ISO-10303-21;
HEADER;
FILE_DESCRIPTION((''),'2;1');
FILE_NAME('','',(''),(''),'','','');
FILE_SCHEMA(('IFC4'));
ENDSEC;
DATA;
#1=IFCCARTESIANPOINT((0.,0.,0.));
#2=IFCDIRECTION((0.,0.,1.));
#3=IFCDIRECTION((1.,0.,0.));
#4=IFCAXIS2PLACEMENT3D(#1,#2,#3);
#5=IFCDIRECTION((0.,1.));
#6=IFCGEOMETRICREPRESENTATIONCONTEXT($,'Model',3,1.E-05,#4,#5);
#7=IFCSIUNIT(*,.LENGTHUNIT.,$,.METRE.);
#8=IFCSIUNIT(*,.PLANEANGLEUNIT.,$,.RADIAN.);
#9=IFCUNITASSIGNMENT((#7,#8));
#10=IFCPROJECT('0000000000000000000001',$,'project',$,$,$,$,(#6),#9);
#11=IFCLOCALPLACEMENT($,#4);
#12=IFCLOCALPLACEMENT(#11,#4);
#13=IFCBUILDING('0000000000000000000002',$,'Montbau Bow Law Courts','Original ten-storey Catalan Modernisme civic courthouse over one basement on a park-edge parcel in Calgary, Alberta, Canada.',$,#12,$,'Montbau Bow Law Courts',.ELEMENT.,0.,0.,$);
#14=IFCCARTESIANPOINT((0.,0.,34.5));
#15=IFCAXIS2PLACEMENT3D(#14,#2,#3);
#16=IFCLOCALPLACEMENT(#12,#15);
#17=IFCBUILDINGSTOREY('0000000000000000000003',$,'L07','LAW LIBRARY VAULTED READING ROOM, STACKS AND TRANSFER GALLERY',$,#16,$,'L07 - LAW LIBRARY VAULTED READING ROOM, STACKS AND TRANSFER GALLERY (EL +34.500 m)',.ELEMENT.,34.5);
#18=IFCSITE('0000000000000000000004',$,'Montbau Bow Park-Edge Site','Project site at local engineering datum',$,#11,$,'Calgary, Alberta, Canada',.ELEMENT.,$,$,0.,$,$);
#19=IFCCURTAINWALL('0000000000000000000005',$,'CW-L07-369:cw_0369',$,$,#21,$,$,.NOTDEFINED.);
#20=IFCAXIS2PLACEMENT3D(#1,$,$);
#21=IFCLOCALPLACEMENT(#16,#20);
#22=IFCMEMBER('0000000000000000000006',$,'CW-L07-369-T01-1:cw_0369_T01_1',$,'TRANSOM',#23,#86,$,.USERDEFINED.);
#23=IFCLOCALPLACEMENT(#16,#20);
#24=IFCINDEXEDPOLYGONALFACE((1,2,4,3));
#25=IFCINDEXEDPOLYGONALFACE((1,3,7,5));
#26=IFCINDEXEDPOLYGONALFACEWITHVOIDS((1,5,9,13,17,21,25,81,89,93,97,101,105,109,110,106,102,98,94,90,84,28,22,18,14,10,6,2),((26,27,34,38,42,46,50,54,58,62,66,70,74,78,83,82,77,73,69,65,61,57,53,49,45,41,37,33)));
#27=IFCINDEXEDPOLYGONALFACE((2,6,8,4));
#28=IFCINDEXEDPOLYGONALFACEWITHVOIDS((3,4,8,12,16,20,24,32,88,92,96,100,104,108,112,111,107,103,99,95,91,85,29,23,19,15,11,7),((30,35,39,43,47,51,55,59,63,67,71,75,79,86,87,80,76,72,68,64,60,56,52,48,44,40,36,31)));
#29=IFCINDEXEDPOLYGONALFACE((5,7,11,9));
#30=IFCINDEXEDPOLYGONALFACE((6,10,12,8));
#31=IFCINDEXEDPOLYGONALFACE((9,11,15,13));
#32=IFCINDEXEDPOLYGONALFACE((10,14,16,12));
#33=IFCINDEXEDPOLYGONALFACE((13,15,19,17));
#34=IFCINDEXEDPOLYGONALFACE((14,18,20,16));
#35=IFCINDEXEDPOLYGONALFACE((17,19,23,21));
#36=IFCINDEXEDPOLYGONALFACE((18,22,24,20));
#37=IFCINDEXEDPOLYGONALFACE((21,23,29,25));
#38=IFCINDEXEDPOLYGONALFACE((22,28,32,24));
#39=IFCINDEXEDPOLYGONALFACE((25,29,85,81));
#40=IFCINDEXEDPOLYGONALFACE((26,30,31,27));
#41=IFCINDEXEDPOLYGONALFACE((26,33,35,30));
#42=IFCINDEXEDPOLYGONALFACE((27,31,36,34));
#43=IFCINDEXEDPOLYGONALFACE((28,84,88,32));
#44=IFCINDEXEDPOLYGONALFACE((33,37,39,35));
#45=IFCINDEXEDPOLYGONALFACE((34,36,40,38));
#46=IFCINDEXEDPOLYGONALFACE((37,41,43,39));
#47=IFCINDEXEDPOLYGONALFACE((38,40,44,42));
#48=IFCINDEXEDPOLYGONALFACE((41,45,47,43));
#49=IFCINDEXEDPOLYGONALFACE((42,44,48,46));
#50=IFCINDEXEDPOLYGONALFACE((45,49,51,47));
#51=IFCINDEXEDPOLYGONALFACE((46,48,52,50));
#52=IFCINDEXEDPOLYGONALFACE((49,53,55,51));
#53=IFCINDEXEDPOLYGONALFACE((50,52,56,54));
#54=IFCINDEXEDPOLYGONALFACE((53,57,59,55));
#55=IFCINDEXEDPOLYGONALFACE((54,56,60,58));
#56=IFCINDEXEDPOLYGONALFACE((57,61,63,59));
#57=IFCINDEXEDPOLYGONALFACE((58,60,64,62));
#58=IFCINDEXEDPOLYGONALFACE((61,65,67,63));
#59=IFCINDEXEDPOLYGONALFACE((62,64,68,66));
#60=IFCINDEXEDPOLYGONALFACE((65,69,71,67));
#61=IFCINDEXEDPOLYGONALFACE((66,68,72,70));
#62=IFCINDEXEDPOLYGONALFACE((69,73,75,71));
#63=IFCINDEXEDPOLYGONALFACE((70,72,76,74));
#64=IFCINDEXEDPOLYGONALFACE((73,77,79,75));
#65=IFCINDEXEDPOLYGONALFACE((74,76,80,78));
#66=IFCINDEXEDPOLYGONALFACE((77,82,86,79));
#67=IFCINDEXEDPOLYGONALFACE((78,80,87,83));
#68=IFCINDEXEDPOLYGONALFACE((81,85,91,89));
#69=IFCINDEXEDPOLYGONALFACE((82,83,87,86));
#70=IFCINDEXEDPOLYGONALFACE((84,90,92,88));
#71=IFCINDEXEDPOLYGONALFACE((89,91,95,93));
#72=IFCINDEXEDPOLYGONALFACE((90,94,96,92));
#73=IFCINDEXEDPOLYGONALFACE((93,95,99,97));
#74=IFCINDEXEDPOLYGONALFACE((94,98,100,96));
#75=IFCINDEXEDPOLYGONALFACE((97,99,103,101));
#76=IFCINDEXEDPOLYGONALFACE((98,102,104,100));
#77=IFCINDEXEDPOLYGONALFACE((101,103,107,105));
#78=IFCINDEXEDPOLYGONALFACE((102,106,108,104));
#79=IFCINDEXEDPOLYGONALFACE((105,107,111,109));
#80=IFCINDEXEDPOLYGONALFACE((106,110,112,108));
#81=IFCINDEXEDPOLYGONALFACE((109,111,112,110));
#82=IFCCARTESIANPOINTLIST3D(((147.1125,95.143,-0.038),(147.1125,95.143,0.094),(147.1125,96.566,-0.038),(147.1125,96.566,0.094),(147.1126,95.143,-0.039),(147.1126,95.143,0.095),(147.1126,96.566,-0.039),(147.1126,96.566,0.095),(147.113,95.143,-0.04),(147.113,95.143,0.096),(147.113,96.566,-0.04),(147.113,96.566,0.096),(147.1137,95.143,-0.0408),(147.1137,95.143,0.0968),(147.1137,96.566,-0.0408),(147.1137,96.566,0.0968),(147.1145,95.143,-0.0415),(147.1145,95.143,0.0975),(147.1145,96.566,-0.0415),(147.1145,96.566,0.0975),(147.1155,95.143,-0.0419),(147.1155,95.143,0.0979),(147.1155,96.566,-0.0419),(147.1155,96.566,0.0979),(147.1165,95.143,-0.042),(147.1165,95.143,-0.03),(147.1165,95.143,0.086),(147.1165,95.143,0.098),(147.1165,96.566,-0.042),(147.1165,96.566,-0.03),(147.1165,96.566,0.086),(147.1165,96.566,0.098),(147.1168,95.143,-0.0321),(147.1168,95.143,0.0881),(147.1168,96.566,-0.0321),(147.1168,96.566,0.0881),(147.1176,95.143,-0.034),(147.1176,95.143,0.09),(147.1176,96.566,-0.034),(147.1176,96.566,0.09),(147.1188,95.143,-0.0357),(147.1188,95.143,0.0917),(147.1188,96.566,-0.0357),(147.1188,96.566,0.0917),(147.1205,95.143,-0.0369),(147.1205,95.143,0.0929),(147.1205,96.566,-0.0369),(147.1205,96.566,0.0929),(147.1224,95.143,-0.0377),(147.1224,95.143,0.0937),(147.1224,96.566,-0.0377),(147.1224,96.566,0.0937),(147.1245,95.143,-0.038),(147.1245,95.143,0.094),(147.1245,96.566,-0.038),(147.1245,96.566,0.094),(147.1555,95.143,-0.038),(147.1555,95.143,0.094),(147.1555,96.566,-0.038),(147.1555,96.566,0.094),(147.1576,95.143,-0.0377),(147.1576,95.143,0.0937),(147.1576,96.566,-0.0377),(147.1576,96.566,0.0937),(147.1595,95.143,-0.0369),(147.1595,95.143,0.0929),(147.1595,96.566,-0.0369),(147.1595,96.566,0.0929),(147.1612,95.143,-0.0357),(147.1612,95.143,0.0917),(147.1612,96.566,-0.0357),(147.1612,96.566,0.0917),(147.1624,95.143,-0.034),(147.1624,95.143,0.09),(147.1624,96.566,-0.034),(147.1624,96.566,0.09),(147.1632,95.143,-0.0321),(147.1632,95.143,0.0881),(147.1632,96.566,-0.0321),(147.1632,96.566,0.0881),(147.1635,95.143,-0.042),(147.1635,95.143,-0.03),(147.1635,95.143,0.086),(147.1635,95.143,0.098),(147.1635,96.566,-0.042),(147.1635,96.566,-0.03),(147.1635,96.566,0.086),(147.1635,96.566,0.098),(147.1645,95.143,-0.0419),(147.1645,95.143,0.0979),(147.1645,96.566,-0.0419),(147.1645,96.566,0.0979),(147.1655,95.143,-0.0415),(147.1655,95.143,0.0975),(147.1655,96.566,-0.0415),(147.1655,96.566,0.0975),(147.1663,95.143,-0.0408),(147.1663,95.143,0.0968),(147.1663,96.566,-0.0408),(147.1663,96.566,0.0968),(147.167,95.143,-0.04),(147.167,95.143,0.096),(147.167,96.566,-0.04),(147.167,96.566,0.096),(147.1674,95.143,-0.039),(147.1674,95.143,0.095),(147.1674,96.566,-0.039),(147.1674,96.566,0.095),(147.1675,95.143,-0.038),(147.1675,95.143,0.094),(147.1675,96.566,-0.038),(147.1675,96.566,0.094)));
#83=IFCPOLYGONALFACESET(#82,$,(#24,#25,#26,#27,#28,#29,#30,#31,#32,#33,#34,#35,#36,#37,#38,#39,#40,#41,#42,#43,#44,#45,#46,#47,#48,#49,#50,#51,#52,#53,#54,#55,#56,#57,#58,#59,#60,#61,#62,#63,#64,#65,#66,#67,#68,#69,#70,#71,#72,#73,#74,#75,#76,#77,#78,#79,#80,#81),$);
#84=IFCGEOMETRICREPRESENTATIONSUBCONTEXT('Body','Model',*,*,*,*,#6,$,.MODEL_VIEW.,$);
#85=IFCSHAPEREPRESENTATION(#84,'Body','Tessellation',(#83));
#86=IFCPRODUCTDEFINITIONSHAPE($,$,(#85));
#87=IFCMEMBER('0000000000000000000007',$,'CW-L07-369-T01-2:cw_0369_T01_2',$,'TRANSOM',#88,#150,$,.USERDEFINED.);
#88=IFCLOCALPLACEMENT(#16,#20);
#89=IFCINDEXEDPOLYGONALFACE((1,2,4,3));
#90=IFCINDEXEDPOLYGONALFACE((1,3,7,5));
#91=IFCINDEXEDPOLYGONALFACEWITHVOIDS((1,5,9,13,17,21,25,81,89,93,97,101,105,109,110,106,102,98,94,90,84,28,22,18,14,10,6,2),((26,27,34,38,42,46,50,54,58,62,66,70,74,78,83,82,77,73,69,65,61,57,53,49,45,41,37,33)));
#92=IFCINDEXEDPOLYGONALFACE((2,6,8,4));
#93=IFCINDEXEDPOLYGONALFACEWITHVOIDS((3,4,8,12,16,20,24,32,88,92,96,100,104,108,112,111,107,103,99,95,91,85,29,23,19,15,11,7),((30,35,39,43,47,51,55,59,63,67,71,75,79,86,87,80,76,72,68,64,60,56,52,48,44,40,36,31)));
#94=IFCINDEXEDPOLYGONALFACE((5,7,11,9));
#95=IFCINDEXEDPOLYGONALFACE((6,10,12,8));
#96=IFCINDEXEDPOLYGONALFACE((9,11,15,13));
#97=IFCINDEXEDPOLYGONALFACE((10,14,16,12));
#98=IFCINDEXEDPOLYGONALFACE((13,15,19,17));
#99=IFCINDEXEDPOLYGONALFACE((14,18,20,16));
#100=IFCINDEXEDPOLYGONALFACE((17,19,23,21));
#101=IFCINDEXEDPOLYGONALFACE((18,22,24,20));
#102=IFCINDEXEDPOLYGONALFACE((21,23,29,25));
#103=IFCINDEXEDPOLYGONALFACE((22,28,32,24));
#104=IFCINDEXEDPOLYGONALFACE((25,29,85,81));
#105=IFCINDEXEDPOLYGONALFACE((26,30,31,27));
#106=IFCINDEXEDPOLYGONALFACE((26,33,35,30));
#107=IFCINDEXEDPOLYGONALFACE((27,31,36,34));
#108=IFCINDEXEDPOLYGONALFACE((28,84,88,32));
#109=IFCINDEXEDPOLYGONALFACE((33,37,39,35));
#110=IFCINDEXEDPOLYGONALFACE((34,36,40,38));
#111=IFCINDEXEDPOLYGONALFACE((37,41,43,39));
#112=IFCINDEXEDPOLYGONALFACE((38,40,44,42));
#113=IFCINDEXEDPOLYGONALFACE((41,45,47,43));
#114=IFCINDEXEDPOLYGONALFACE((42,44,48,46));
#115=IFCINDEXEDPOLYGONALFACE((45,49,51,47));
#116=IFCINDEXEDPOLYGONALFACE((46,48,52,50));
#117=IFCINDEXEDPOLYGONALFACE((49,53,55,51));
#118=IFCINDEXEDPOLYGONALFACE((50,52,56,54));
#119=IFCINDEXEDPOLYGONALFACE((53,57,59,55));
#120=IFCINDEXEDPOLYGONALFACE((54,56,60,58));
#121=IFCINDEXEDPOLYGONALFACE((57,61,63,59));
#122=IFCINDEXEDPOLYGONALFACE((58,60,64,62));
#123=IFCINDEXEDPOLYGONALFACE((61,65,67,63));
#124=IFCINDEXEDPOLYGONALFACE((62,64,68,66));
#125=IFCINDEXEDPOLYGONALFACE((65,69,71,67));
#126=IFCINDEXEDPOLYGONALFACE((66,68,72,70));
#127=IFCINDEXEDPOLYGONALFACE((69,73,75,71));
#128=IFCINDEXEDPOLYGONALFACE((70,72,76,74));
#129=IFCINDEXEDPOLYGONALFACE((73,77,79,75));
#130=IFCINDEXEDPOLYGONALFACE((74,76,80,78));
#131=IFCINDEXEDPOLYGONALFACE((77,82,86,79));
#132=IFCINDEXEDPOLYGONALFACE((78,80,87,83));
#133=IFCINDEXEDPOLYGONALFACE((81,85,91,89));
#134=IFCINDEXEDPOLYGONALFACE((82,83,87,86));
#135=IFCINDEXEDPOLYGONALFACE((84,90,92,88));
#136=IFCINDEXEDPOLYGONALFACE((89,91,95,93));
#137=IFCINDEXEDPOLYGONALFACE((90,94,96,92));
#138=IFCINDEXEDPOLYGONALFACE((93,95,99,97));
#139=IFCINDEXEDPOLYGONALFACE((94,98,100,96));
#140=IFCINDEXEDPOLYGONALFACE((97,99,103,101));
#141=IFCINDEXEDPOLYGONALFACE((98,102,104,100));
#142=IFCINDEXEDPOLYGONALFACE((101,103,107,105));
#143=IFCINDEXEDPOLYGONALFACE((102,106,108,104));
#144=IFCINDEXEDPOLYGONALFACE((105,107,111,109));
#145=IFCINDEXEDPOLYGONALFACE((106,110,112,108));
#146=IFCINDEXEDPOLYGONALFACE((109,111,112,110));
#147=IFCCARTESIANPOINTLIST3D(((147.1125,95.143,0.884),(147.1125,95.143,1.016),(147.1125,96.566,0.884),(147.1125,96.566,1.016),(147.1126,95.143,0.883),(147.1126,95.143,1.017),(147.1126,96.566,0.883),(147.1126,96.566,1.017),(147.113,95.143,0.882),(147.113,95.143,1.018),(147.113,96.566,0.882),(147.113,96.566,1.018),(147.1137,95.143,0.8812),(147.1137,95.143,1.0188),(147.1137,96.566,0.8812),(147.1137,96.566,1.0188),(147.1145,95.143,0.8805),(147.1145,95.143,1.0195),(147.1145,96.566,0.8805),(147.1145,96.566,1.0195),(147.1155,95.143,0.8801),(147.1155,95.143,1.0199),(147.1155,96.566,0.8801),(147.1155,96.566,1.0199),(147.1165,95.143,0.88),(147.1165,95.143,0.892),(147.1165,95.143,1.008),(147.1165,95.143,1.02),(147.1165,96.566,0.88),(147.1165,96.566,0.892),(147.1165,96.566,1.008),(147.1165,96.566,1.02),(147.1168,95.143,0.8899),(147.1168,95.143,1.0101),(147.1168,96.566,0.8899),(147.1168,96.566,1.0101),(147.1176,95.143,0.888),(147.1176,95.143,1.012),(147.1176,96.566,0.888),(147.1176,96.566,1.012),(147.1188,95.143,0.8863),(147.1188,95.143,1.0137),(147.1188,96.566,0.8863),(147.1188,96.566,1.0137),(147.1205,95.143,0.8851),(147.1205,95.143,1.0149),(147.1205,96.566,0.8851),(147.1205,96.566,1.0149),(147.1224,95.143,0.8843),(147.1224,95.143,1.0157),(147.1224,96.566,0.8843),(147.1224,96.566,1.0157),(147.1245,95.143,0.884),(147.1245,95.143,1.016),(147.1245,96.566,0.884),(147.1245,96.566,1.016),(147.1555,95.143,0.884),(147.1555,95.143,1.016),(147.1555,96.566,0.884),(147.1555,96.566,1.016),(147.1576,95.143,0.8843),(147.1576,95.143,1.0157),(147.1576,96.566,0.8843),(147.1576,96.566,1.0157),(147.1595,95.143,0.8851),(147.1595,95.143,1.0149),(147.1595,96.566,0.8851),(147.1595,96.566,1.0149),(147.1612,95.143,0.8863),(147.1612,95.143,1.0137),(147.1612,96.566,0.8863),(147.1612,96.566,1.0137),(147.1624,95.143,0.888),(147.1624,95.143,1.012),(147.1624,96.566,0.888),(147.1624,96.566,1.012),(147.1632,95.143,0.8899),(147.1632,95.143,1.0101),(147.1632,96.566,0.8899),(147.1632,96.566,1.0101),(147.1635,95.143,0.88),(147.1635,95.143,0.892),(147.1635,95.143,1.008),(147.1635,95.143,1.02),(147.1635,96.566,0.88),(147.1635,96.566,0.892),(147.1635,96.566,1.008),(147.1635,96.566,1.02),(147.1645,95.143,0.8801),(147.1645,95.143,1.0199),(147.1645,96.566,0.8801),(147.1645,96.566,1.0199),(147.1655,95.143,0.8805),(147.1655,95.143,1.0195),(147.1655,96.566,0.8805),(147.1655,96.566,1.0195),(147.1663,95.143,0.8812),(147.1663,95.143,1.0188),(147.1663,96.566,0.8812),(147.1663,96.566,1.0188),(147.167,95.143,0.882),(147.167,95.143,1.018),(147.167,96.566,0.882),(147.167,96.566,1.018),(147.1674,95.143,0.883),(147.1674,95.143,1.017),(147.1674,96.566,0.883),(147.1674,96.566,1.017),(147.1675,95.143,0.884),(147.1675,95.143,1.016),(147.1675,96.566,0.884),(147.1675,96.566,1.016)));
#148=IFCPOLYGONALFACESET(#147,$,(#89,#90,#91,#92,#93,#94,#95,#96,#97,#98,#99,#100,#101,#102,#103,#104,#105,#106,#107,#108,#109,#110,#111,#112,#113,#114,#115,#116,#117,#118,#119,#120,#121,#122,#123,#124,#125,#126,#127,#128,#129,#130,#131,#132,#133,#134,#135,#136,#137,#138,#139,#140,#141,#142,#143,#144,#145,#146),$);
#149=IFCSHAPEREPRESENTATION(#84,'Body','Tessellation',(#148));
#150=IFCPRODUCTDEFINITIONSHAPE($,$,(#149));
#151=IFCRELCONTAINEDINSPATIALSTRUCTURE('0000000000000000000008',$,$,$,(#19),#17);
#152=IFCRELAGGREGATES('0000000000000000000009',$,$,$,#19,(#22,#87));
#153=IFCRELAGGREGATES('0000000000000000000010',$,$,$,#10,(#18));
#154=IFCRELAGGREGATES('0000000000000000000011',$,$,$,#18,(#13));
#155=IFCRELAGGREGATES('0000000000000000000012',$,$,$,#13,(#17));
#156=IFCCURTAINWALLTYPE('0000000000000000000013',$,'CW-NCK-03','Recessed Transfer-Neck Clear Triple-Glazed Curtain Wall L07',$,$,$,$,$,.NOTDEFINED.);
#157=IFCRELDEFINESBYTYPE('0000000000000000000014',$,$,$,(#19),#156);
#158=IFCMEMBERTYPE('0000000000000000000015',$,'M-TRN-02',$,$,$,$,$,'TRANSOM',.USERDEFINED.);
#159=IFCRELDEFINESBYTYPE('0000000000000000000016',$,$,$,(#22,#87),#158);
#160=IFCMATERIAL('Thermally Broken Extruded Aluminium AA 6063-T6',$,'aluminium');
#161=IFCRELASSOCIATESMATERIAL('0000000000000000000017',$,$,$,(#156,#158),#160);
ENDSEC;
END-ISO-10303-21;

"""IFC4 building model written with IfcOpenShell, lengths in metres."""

from ifc_helpers import new_model, si_unit, direction, frame, origin_with_axes, origin_2d_with_axis, place, context, subcontext, project, spatial, hollow_rectangle, extrude, material, material_profile, profile_set, type_object, element, aggregate, save


model = new_model("IFC4")

# Units and contexts
model_context = context("Model", 3, precision=1e-05, world=origin_with_axes(), true_north=direction((0.0, 1.0)))
body_context = subcontext(model_context, "Body", "Model", "MODEL_VIEW")
ifc_project = project(units=[si_unit("LENGTHUNIT", "METRE"), si_unit("PLANEANGLEUNIT", "RADIAN")], contexts=[model_context])

# Site, building, storey
site_placement = place(None, origin_with_axes())
site = spatial("IfcSite", under=ifc_project, at=site_placement, Name="Montbau Bow Park-Edge Site", Description="Project site at local engineering datum", LongName="Calgary, Alberta, Canada", CompositionType="ELEMENT", RefElevation=0.0)
building_placement = place(site_placement, origin_with_axes())
building = spatial("IfcBuilding", under=site, at=building_placement, Name="Montbau Bow Law Courts", Description="Original ten-storey Catalan Modernisme civic courthouse over one basement on a park-edge parcel in Calgary, Alberta, Canada.", LongName="Montbau Bow Law Courts", CompositionType="ELEMENT", ElevationOfRefHeight=0.0, ElevationOfTerrain=0.0)
storey_placement = place(building_placement, frame((0.0, 0.0, 34.5), z_axis=(0.0, 0.0, 1.0), x_axis=(1.0, 0.0, 0.0)))
storey = spatial("IfcBuildingStorey", under=building, at=storey_placement, Name="L07", Description="LAW LIBRARY VAULTED READING ROOM, STACKS AND TRANSFER GALLERY", LongName="L07 - LAW LIBRARY VAULTED READING ROOM, STACKS AND TRANSFER GALLERY (EL +34.500 m)", CompositionType="ELEMENT", Elevation=34.5)

# Curtain wall, members
ifc_material_1 = material(Name="Thermally Broken Extruded Aluminium AA 6063-T6", Category="aluminium")
curtain_wall_type = type_object("IfcCurtainWallType", Name="CW-NCK-03", Description="Recessed Transfer-Neck Clear Triple-Glazed Curtain Wall L07", PredefinedType="NOTDEFINED", material=ifc_material_1)
curtain_wall_placement = place(None, frame((147.14, 95.067, 34.5), z_axis=(0.0, 0.0, 1.0), x_axis=(1.0, 0.0, 0.0)))
curtain_wall = element("IfcCurtainWall", 1, at=curtain_wall_placement, inside=storey, type_object=curtain_wall_type, Name="CW-L07-369:cw_0369", PredefinedType="NOTDEFINED")
ifc_material_profile_1 = material_profile(ifc_material_1, hollow_rectangle(XDim=0.055, YDim=0.14, WallThickness=0.004, InnerFilletRadius=0.008, OuterFilletRadius=0.004, at=origin_2d_with_axis()), Name="CWT-140X55", Category="Main", Priority=0)
ifc_profile_set_1 = profile_set([ifc_material_profile_1], Name="Thermally Broken Extruded Aluminium AA 6063-T6")
member_type_1 = type_object("IfcMemberType", Name="M-TRN-02", ElementType="TRANSOM", PredefinedType="USERDEFINED", material=ifc_profile_set_1)
member_1_placement = place(None, frame((147.14, 95.143, 34.528), z_axis=(0.0, 1.0, 0.0), x_axis=(-1.0, 0.0, 0.0)))
member_1 = element("IfcMember", 2, at=member_1_placement, type_object=member_type_1, Name="CW-L07-369-T01-1:cw_0369_T01_1", ObjectType="TRANSOM", PredefinedType="USERDEFINED", context=body_context, shape_type="SweptSolid", body=[
    extrude(hollow_rectangle(XDim=0.055, YDim=0.14, WallThickness=0.004, InnerFilletRadius=0.008, OuterFilletRadius=0.004, at=origin_2d_with_axis()), origin_with_axes(), (0.0, 0.0, 1.0), 1.423),
])
member_2_placement = place(None, frame((147.14, 95.143, 35.45), z_axis=(0.0, 1.0, 0.0), x_axis=(-1.0, 0.0, 0.0)))
member_2 = element("IfcMember", 3, at=member_2_placement, type_object=member_type_1, Name="CW-L07-369-T01-2:cw_0369_T01_2", ObjectType="TRANSOM", PredefinedType="USERDEFINED", context=body_context, shape_type="SweptSolid", body=[
    extrude(hollow_rectangle(XDim=0.055, YDim=0.14, WallThickness=0.004, InnerFilletRadius=0.008, OuterFilletRadius=0.004, at=origin_2d_with_axis()), origin_with_axes(), (0.0, 0.0, 1.0), 1.423),
])
aggregate(curtain_wall, [member_1, member_2])

save(model, "model.ifc")
